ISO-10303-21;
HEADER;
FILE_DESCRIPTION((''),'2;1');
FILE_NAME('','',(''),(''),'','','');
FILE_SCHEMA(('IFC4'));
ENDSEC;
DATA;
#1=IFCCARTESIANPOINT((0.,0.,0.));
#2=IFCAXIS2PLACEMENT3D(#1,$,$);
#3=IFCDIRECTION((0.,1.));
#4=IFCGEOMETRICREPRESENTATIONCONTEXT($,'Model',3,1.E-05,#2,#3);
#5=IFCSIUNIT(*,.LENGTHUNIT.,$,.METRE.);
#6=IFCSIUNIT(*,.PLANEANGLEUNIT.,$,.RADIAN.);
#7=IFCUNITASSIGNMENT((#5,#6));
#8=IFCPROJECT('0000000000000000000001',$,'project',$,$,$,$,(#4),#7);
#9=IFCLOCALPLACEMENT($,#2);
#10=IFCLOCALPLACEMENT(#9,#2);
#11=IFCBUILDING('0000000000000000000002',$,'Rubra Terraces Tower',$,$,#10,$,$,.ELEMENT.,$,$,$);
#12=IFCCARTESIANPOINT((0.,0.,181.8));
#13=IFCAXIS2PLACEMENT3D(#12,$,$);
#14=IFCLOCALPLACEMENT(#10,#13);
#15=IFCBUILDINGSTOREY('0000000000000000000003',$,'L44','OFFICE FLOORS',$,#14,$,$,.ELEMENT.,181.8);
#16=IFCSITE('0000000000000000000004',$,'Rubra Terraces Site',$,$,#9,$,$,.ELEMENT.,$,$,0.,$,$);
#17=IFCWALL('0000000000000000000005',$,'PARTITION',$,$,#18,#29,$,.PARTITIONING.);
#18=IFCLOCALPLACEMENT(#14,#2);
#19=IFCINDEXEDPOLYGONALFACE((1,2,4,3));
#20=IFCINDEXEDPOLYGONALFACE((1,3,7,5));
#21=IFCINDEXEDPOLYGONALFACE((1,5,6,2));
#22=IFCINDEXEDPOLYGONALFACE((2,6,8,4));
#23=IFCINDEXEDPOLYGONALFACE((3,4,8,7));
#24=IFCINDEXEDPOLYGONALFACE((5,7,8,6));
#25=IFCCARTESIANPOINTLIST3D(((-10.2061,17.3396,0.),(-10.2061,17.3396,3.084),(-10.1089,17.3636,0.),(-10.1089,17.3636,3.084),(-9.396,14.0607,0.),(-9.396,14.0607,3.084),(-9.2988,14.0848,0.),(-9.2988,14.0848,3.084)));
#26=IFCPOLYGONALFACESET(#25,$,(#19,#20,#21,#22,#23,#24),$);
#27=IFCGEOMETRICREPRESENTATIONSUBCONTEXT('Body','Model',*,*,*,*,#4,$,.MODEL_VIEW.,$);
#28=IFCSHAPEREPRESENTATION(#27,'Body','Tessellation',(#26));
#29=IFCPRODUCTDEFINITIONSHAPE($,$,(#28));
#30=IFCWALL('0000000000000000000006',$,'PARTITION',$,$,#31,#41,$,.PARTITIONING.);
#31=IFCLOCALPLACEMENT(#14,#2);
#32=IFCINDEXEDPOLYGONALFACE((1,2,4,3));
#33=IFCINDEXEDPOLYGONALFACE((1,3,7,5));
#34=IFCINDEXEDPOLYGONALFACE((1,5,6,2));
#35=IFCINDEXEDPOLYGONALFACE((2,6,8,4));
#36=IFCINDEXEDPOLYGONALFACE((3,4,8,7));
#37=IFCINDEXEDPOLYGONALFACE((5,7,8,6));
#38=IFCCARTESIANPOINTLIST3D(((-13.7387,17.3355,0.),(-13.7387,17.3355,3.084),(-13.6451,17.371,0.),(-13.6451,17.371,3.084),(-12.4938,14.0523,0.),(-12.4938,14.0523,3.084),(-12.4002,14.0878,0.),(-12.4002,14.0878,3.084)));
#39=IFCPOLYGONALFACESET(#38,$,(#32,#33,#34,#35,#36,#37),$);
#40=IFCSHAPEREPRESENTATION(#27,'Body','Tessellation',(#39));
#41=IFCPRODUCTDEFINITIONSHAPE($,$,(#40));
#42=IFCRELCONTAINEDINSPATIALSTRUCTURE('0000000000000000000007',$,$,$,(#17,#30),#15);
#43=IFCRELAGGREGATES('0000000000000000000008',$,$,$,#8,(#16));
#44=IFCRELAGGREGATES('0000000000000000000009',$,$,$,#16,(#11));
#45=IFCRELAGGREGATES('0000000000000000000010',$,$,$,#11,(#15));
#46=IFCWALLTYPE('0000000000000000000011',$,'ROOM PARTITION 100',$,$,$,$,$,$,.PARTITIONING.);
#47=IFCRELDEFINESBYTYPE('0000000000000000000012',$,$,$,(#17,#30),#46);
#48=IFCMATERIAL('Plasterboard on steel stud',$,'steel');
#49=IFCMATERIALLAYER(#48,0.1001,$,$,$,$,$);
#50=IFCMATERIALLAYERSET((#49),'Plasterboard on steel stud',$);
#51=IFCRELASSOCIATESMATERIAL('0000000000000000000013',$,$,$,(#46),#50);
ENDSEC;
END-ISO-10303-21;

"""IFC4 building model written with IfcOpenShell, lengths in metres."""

from ifc_helpers import new_model, si_unit, direction, frame, frame_2d, origin, place, context, subcontext, project, spatial, rectangle, extrude, material, layer, layer_set, type_object, element, save


model = new_model("IFC4")

# Units and contexts
model_context = context("Model", 3, precision=1e-05, world=origin(), true_north=direction((0.0, 1.0)))
body_context = subcontext(model_context, "Body", "Model", "MODEL_VIEW")
ifc_project = project(units=[si_unit("LENGTHUNIT", "METRE"), si_unit("PLANEANGLEUNIT", "RADIAN")], contexts=[model_context])

# Site, building, storey
site_placement = place(None, origin())
site = spatial("IfcSite", under=ifc_project, at=site_placement, Name="Rubra Terraces Site", CompositionType="ELEMENT", RefElevation=0.0)
building_placement = place(site_placement, origin())
building = spatial("IfcBuilding", under=site, at=building_placement, Name="Rubra Terraces Tower", CompositionType="ELEMENT")
storey_placement = place(building_placement, frame((0.0, 0.0, 181.8)))
storey = spatial("IfcBuildingStorey", under=building, at=storey_placement, Name="L44", Description="OFFICE FLOORS", CompositionType="ELEMENT", Elevation=181.8)

# Shared definitions
ifc_material_1 = material(Name="Plasterboard on steel stud", Category="steel")
ifc_layer_1 = layer(ifc_material_1, 0.1001)
ifc_layer_set_1 = layer_set([ifc_layer_1], Name="Plasterboard on steel stud")
wall_type_1 = type_object("IfcWallType", Name="ROOM PARTITION 100", PredefinedType="PARTITIONING", material=ifc_layer_set_1)

# Walls
wall_1_placement = place(storey_placement, frame((-9.3474, 14.0728, 0.0), z_axis=(0.0, 0.0, 1.0), x_axis=(-0.239847, 0.970811, 0.0)))
element("IfcWall", 1, at=wall_1_placement, inside=storey, type_object=wall_type_1, Name="PARTITION", PredefinedType="PARTITIONING", context=body_context, shape_type="SweptSolid", body=[
    extrude(rectangle(XDim=3.3774, YDim=0.1001, at=frame_2d((1.6887, 0.0))), origin(), (0.0, 0.0, 1.0), 3.084),
])
wall_2_placement = place(storey_placement, frame((-12.447, 14.0701, 0.0), z_axis=(0.0, 0.0, 1.0), x_axis=(-0.354535, 0.935043, 0.0)))
element("IfcWall", 2, at=wall_2_placement, inside=storey, type_object=wall_type_1, Name="PARTITION", PredefinedType="PARTITIONING", context=body_context, shape_type="SweptSolid", body=[
    extrude(rectangle(XDim=3.5112, YDim=0.1001, at=frame_2d((1.7556, 0.0))), origin(), (0.0, 0.0, 1.0), 3.084),
])

save(model, "model.ifc")
